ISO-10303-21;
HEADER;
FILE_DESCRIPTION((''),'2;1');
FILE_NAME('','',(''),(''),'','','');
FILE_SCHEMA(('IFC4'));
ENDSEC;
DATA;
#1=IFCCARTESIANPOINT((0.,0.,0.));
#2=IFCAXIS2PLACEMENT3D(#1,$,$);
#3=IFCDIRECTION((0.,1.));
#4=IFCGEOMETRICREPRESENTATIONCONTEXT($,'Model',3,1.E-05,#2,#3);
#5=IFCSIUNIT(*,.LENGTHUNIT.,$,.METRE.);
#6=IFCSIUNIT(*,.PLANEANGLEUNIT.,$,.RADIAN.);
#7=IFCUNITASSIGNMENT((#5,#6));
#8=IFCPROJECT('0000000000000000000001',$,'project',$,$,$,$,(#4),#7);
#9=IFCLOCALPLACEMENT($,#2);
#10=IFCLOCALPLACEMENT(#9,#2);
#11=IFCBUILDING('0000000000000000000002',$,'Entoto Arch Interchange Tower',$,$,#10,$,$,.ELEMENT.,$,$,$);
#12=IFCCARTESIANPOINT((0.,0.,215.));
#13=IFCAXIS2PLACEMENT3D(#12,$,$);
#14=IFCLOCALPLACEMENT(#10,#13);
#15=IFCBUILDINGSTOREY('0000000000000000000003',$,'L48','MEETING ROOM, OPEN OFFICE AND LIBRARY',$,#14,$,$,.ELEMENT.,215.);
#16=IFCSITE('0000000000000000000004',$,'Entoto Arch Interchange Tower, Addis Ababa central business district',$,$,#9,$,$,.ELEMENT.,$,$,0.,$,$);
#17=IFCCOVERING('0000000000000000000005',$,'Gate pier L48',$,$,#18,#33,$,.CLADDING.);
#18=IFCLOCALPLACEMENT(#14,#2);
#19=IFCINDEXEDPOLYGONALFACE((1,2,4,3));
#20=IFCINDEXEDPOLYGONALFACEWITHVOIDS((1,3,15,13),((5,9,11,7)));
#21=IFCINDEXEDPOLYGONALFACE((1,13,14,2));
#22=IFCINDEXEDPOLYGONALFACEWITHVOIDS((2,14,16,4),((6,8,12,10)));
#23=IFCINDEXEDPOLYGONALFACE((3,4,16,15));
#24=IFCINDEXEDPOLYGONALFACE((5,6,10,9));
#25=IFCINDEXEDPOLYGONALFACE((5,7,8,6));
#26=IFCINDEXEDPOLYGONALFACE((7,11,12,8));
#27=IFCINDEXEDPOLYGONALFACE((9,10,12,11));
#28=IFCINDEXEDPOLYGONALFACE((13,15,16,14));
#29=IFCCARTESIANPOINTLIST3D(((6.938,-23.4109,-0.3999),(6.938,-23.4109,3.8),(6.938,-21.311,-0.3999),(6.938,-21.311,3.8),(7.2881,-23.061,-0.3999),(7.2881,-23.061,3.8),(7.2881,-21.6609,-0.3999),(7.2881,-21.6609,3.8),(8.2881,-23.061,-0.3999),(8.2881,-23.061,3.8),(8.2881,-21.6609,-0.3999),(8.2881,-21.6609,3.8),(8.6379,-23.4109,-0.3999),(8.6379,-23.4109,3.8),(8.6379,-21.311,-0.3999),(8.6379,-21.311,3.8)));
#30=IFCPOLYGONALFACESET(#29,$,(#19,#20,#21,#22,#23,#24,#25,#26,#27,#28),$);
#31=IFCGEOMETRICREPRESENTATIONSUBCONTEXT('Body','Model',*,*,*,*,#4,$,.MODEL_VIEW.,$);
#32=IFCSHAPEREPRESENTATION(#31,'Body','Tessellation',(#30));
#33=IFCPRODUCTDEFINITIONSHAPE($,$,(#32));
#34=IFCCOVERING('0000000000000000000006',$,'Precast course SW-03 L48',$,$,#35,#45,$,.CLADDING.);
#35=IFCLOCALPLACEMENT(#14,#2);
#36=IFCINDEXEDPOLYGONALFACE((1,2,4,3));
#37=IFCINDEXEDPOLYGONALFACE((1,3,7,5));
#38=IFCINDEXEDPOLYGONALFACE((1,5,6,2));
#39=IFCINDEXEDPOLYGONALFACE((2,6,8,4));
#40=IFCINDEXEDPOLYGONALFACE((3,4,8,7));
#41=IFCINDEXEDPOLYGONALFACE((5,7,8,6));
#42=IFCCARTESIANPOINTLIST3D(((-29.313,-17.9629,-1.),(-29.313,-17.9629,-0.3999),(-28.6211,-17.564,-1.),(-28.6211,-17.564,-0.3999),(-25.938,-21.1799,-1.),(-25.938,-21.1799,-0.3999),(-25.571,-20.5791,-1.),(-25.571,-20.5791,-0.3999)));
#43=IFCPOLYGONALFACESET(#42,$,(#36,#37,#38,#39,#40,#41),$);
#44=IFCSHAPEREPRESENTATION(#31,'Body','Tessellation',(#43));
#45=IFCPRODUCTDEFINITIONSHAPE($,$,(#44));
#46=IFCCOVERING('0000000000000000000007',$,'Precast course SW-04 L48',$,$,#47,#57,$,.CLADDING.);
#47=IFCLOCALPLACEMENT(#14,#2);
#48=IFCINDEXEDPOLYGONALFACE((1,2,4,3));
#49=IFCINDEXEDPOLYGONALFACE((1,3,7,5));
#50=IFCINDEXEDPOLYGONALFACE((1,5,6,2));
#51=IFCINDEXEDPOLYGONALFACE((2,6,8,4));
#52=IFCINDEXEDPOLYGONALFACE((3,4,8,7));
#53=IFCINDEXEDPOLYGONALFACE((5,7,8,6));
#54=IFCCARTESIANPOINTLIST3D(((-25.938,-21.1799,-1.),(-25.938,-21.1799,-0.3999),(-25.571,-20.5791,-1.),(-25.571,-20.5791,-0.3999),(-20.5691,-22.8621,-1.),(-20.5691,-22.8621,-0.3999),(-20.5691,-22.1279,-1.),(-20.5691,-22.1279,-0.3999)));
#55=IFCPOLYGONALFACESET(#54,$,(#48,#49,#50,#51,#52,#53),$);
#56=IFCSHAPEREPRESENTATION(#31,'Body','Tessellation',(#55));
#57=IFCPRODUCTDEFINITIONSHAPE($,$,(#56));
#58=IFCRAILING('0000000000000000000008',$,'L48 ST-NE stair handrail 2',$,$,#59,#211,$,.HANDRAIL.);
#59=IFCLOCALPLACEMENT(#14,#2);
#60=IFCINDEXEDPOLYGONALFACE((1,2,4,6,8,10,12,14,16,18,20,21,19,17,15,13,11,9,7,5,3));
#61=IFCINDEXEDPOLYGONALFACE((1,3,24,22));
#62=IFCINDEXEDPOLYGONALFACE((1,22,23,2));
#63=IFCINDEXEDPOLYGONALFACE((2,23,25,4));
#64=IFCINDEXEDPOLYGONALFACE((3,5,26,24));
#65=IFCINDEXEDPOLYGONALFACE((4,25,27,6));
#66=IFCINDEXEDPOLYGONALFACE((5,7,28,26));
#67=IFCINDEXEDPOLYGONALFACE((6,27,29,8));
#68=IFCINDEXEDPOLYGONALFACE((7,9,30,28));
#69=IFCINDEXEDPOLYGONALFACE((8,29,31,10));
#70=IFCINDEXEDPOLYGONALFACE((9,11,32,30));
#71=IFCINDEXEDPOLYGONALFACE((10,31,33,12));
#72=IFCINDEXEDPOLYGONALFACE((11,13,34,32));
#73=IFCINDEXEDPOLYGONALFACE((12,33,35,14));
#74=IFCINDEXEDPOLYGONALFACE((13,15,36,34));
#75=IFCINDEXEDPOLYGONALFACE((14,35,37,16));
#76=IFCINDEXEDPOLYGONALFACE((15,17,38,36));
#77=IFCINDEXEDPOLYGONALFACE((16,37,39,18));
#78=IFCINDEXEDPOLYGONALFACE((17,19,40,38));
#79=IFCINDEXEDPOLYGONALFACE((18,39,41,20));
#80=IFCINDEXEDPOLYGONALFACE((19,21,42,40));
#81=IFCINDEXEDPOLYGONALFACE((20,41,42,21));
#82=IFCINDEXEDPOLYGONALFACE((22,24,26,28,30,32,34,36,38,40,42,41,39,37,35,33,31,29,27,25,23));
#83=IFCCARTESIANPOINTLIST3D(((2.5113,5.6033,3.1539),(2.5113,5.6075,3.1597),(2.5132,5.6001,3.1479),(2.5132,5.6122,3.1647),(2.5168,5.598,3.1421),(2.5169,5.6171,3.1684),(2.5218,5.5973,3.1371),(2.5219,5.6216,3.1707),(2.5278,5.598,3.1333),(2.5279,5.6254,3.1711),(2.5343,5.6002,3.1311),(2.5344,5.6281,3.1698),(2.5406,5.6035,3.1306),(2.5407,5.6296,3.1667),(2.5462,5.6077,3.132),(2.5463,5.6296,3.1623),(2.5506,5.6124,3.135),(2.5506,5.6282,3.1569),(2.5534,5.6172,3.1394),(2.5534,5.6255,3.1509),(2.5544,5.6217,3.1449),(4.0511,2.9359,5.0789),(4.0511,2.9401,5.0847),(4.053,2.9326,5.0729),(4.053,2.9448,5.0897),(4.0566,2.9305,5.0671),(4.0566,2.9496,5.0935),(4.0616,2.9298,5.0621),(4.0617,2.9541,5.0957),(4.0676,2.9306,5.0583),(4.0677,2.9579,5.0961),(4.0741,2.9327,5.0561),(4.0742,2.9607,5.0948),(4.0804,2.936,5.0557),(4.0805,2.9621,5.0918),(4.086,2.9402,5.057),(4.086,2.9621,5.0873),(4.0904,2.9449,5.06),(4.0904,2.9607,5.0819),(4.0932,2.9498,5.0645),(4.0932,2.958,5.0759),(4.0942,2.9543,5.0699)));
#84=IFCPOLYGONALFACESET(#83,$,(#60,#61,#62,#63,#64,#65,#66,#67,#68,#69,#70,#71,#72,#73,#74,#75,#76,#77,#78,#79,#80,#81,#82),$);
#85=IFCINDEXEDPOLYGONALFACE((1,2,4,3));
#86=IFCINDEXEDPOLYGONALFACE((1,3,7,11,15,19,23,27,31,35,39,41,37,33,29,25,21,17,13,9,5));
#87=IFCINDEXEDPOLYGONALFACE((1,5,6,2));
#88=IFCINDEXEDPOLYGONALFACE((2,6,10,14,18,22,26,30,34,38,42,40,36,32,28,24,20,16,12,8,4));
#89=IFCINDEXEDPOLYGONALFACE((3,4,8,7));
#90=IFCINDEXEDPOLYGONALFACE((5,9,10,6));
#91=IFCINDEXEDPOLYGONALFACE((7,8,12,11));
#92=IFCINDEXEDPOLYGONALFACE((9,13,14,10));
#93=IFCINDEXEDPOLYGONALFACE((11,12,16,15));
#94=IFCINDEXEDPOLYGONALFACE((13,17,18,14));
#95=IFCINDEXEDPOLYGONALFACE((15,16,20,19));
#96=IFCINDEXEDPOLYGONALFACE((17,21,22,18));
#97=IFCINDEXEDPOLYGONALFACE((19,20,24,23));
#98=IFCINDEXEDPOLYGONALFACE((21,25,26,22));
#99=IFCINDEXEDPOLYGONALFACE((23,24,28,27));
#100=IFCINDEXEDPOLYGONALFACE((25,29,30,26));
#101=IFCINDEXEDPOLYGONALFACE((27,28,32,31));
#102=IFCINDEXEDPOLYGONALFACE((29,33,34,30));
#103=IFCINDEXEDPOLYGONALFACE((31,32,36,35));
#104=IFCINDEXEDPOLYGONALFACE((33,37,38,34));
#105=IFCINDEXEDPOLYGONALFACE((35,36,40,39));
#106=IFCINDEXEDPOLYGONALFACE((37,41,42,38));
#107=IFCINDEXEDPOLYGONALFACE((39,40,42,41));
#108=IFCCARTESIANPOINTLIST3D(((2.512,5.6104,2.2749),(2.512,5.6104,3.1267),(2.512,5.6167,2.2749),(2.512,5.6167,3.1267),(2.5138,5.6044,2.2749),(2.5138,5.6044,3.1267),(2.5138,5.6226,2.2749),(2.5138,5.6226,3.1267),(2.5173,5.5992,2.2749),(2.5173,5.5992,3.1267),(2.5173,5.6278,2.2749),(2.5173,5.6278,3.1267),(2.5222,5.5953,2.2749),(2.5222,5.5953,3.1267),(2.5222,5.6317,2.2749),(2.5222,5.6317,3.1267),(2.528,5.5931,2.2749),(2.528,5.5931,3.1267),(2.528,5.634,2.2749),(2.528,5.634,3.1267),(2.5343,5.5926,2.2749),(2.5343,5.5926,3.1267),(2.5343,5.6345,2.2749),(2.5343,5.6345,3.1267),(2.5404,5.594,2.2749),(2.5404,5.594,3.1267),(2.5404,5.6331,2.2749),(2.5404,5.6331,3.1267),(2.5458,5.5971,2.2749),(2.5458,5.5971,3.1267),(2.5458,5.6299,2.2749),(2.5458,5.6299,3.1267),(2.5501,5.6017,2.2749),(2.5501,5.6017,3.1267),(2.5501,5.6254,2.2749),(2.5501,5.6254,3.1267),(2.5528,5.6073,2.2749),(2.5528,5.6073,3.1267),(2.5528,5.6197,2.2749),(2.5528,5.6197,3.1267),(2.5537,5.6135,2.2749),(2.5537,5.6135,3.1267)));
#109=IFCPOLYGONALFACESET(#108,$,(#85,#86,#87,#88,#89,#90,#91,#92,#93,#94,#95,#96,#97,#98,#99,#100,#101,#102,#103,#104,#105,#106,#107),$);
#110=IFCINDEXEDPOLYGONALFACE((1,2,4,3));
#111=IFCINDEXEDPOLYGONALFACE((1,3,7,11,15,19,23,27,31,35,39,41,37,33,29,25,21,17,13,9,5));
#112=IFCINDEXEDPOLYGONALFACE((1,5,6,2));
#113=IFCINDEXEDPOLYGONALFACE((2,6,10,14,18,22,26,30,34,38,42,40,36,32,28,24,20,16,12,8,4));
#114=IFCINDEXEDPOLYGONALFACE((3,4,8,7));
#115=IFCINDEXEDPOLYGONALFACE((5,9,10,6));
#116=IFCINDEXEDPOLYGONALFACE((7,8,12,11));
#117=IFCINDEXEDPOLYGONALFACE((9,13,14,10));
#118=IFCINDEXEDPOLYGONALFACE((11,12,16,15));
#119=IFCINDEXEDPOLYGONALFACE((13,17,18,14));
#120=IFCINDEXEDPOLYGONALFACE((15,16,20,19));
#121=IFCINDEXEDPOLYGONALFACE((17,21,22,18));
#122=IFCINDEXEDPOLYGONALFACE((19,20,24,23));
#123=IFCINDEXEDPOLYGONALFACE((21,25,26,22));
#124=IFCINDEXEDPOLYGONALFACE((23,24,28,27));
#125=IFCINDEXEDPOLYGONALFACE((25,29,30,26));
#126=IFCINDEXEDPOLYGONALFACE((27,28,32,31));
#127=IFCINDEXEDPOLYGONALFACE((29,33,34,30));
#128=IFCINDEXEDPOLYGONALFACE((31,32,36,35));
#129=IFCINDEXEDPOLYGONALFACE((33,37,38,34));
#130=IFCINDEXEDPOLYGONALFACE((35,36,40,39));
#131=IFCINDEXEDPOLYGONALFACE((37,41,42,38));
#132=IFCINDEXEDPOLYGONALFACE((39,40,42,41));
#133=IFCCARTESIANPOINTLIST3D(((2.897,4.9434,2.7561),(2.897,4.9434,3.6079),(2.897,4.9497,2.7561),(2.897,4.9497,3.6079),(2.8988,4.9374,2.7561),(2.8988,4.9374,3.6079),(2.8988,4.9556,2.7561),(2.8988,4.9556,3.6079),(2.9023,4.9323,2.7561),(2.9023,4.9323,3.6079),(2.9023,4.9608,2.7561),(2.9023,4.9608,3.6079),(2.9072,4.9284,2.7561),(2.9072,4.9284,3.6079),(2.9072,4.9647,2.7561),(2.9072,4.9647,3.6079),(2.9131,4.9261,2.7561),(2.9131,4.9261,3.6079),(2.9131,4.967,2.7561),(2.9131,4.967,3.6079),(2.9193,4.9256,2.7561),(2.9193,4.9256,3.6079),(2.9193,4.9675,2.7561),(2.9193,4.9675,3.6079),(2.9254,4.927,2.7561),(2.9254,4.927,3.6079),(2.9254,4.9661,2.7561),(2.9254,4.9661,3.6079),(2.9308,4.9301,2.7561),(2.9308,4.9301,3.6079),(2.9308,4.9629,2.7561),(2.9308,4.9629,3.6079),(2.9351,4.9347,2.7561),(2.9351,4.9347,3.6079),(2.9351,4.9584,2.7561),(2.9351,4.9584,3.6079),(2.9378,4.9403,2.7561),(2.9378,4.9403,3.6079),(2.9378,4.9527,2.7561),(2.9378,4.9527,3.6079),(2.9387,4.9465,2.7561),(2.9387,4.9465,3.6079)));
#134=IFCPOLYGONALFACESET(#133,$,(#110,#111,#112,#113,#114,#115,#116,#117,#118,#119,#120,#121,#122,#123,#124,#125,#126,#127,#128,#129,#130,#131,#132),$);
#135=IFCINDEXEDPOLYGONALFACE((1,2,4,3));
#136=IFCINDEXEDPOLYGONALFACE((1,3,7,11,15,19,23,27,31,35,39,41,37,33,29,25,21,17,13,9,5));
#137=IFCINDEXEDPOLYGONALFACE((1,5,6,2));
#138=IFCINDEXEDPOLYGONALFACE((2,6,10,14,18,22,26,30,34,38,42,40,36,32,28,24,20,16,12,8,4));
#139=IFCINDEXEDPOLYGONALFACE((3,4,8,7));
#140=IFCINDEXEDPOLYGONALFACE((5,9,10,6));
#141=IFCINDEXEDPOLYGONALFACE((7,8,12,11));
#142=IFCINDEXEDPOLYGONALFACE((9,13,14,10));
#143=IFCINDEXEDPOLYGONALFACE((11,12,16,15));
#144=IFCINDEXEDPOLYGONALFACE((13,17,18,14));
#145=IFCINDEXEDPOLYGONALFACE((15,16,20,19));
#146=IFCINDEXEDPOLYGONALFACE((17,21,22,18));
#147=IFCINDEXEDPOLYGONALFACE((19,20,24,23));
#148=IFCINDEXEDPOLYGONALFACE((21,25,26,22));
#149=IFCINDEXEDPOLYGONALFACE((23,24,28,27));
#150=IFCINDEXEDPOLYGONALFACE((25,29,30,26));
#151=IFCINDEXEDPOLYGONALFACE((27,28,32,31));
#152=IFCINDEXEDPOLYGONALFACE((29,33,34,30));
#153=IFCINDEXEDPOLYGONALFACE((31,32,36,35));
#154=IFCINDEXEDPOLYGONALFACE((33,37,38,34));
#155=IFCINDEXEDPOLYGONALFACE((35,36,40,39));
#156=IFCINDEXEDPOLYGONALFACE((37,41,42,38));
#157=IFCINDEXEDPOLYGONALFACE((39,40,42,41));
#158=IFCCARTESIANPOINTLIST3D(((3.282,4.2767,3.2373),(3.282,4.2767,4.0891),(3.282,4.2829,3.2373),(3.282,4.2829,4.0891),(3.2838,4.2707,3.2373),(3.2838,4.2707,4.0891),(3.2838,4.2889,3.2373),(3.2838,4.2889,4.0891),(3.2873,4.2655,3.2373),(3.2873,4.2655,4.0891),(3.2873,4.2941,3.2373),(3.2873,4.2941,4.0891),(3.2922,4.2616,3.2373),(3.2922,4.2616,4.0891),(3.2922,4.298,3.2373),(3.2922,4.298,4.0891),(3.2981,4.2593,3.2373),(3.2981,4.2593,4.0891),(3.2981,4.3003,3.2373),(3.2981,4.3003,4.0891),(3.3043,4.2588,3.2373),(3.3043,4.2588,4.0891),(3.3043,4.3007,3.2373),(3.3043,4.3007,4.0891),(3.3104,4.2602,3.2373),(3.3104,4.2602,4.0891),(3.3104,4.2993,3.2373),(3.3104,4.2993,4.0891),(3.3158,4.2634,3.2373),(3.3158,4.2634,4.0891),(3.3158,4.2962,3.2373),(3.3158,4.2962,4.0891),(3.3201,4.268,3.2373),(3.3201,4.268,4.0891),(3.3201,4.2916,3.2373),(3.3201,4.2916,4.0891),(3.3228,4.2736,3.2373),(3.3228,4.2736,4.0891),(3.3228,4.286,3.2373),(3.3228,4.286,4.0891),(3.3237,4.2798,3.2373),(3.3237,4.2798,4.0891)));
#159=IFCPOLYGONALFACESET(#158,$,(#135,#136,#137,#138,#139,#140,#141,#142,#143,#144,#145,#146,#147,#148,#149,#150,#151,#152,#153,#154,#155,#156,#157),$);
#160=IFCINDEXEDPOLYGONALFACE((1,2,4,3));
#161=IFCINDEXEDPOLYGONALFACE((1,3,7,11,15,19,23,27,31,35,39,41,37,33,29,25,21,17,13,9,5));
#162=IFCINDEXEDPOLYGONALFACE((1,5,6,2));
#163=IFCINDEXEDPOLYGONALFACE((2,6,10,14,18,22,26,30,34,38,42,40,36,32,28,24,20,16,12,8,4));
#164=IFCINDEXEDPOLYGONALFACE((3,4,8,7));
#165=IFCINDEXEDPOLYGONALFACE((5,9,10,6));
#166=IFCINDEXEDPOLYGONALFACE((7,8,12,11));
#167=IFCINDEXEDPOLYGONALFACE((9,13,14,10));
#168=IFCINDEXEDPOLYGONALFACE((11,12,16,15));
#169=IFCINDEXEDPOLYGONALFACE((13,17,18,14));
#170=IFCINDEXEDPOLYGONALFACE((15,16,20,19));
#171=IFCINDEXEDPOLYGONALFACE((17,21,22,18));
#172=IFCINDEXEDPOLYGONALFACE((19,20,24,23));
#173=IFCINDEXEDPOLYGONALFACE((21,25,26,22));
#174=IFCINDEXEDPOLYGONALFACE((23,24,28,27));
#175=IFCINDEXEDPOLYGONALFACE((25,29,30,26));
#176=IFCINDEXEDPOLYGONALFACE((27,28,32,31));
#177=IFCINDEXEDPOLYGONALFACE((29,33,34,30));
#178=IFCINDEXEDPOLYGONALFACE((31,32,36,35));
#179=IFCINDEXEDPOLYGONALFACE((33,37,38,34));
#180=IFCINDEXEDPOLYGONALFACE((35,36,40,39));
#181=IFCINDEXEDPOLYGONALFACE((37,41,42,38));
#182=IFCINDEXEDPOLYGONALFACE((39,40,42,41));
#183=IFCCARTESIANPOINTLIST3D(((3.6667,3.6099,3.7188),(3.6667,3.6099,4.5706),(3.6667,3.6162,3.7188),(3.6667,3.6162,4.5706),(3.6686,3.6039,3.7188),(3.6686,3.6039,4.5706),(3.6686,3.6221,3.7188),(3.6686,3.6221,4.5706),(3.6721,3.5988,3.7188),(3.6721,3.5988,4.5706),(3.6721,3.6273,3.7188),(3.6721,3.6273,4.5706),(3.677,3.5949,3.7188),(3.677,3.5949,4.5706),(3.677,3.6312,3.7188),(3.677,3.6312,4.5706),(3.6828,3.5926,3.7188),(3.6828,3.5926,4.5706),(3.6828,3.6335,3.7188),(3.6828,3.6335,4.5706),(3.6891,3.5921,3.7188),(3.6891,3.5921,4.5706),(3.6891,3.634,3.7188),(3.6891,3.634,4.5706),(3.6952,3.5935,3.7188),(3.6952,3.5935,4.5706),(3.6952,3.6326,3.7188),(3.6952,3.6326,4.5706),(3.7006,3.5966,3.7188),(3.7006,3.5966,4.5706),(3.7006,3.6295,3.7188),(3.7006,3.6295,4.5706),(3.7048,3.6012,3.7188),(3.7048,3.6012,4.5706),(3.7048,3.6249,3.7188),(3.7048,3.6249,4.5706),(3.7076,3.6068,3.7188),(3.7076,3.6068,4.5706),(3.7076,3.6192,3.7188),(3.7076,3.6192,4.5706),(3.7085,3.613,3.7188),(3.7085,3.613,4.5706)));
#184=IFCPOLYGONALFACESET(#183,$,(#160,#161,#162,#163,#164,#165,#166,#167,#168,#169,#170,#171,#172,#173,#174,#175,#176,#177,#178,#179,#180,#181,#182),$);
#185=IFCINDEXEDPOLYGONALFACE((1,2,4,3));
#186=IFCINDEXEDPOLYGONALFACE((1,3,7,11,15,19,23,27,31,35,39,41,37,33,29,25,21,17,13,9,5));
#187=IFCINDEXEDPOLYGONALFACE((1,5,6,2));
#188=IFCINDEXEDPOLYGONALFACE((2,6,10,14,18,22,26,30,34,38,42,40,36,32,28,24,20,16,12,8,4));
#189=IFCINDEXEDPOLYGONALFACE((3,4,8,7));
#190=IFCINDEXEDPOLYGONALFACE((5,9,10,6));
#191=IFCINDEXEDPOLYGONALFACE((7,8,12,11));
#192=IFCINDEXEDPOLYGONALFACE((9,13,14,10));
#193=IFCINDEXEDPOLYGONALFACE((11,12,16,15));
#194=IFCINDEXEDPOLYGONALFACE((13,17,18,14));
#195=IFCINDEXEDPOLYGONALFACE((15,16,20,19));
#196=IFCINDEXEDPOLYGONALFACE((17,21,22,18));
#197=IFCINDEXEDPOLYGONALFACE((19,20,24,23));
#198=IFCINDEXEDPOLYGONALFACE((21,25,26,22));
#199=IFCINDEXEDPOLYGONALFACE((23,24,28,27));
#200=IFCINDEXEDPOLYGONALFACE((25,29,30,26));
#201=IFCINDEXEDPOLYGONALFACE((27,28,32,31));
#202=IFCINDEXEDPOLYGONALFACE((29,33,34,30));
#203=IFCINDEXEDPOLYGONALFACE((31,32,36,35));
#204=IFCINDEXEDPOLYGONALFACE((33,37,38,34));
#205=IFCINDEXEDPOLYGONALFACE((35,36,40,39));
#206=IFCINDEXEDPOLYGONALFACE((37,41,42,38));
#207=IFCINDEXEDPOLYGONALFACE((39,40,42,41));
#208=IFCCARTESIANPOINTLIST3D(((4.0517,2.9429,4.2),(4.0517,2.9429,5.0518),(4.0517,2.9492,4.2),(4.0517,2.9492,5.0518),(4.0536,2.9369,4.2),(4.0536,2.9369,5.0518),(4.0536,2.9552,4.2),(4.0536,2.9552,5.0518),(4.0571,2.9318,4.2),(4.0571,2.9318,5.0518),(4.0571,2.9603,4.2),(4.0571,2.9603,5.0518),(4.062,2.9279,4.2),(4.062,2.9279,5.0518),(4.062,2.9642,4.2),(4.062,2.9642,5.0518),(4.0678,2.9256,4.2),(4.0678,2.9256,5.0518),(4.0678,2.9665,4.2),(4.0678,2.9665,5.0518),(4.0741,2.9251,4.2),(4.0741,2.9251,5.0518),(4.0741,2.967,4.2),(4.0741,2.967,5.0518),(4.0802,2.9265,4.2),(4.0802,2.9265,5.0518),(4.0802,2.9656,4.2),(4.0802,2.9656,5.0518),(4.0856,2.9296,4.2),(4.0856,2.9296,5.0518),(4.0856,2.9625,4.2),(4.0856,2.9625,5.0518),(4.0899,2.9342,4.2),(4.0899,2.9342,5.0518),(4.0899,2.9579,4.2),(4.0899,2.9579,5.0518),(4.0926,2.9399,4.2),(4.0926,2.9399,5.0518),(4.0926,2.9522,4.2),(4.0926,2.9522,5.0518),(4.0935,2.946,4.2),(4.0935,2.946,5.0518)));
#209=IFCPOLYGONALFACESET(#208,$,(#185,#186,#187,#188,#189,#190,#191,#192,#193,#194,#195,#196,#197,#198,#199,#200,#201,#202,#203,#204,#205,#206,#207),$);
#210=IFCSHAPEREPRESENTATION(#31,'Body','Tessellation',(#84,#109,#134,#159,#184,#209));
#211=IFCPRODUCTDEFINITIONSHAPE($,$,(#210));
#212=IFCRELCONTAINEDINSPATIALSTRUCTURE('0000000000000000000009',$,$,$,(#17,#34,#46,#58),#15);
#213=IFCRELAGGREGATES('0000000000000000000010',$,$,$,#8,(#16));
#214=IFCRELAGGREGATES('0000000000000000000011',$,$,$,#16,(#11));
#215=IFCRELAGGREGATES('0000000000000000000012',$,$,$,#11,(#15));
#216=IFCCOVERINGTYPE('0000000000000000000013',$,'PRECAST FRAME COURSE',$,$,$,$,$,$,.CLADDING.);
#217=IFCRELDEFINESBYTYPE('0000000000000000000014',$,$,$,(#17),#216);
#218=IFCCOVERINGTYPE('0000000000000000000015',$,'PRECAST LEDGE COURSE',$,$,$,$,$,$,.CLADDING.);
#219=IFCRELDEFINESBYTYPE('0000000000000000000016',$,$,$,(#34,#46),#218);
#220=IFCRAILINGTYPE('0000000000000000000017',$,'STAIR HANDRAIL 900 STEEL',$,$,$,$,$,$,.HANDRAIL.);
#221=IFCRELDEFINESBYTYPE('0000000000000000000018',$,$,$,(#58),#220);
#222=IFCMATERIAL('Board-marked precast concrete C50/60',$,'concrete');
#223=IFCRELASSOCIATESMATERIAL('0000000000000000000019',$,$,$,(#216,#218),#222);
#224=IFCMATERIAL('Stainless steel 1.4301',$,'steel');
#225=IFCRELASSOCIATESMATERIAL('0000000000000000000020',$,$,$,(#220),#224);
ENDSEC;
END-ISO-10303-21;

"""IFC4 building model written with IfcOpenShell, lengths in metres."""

from ifc_helpers import new_model, si_unit, direction, frame, origin, origin_2d, place, context, subcontext, project, spatial, polyline, circle, outline, extrude, material, type_object, element, save


model = new_model("IFC4")

# Units and contexts
model_context = context("Model", 3, precision=1e-05, world=origin(), true_north=direction((0.0, 1.0)))
body_context = subcontext(model_context, "Body", "Model", "MODEL_VIEW")
ifc_project = project(units=[si_unit("LENGTHUNIT", "METRE"), si_unit("PLANEANGLEUNIT", "RADIAN")], contexts=[model_context])

# Site, building, storey
site_placement = place(None, origin())
site = spatial("IfcSite", under=ifc_project, at=site_placement, Name="Entoto Arch Interchange Tower, Addis Ababa central business district", CompositionType="ELEMENT", RefElevation=0.0)
building_placement = place(site_placement, origin())
building = spatial("IfcBuilding", under=site, at=building_placement, Name="Entoto Arch Interchange Tower", CompositionType="ELEMENT")
storey_placement = place(building_placement, frame((0.0, 0.0, 215.0)))
storey = spatial("IfcBuildingStorey", under=building, at=storey_placement, Name="L48", Description="MEETING ROOM, OPEN OFFICE AND LIBRARY", CompositionType="ELEMENT", Elevation=215.0)

# Shared definitions
ifc_material_1 = material(Name="Board-marked precast concrete C50/60", Category="concrete")

# Coverings
covering_type_1 = type_object("IfcCoveringType", Name="PRECAST FRAME COURSE", PredefinedType="CLADDING", material=ifc_material_1)
covering_1_placement = place(storey_placement, frame((0.0, 0.0, -0.3999)))
element("IfcCovering", 1, at=covering_1_placement, inside=storey, type_object=covering_type_1, Name="Gate pier L48", PredefinedType="CLADDING", context=body_context, shape_type="SweptSolid", body=[
    extrude(outline(polyline([(6.938, -21.311), (8.6379, -21.311), (8.6379, -23.4109), (6.938, -23.4109), (6.938, -21.311)]), holes=[polyline([(7.2881, -21.6609), (7.2881, -23.061), (8.2881, -23.061), (8.2881, -21.6609), (7.2881, -21.6609)])]), origin(), (0.0, 0.0, 1.0), 4.2),
])
covering_type_2 = type_object("IfcCoveringType", Name="PRECAST LEDGE COURSE", PredefinedType="CLADDING", material=ifc_material_1)
covering_2_placement = place(storey_placement, frame((0.0, 0.0, -1.0)))
element("IfcCovering", 2, at=covering_2_placement, inside=storey, type_object=covering_type_2, Name="Precast course SW-03 L48", PredefinedType="CLADDING", context=body_context, shape_type="SweptSolid", body=[
    extrude(outline(polyline([(-25.571, -20.5791), (-25.938, -21.1799), (-29.313, -17.9629), (-28.6211, -17.564), (-25.571, -20.5791)])), origin(), (0.0, 0.0, 1.0), 0.6001),
])
covering_3_placement = place(storey_placement, frame((0.0, 0.0, -1.0)))
element("IfcCovering", 3, at=covering_3_placement, inside=storey, type_object=covering_type_2, Name="Precast course SW-04 L48", PredefinedType="CLADDING", context=body_context, shape_type="SweptSolid", body=[
    extrude(outline(polyline([(-20.5691, -22.1279), (-20.5691, -22.8621), (-25.938, -21.1799), (-25.571, -20.5791), (-20.5691, -22.1279)])), origin(), (0.0, 0.0, 1.0), 0.6001),
])

# Railing
ifc_material_2 = material(Name="Stainless steel 1.4301", Category="steel")
railing_type = type_object("IfcRailingType", Name="STAIR HANDRAIL 900 STEEL", PredefinedType="HANDRAIL", material=ifc_material_2)
railing_placement = place(storey_placement, frame((2.5327, 5.6135, 2.2749)))
element("IfcRailing", 4, at=railing_placement, inside=storey, type_object=railing_type, Name="L48 ST-NE stair handrail 2", PredefinedType="HANDRAIL", context=body_context, shape_type="SweptSolid", body=[
    extrude(circle(Radius=0.0239, at=origin_2d()), frame((0.0, 0.0, 0.876), z_axis=(0.423939, -0.734416, 0.530008), x_axis=(0.866064, 0.499933, 0.0)), (0.0, 0.0, 1.0), 3.6321),
    extrude(circle(Radius=0.021, at=origin_2d()), origin(), (0.0, 0.0, 1.0), 0.8518),
    extrude(circle(Radius=0.021, at=origin_2d()), frame((0.385, -0.667, 0.4812)), (0.0, 0.0, 1.0), 0.8518),
    extrude(circle(Radius=0.021, at=origin_2d()), frame((0.77, -1.3337, 0.9624)), (0.0, 0.0, 1.0), 0.8518),
    extrude(circle(Radius=0.021, at=origin_2d()), frame((1.1548, -2.0005, 1.4438)), (0.0, 0.0, 1.0), 0.8518),
    extrude(circle(Radius=0.021, at=origin_2d()), frame((1.5398, -2.6675, 1.925)), (0.0, 0.0, 1.0), 0.8518),
])

save(model, "model.ifc")
